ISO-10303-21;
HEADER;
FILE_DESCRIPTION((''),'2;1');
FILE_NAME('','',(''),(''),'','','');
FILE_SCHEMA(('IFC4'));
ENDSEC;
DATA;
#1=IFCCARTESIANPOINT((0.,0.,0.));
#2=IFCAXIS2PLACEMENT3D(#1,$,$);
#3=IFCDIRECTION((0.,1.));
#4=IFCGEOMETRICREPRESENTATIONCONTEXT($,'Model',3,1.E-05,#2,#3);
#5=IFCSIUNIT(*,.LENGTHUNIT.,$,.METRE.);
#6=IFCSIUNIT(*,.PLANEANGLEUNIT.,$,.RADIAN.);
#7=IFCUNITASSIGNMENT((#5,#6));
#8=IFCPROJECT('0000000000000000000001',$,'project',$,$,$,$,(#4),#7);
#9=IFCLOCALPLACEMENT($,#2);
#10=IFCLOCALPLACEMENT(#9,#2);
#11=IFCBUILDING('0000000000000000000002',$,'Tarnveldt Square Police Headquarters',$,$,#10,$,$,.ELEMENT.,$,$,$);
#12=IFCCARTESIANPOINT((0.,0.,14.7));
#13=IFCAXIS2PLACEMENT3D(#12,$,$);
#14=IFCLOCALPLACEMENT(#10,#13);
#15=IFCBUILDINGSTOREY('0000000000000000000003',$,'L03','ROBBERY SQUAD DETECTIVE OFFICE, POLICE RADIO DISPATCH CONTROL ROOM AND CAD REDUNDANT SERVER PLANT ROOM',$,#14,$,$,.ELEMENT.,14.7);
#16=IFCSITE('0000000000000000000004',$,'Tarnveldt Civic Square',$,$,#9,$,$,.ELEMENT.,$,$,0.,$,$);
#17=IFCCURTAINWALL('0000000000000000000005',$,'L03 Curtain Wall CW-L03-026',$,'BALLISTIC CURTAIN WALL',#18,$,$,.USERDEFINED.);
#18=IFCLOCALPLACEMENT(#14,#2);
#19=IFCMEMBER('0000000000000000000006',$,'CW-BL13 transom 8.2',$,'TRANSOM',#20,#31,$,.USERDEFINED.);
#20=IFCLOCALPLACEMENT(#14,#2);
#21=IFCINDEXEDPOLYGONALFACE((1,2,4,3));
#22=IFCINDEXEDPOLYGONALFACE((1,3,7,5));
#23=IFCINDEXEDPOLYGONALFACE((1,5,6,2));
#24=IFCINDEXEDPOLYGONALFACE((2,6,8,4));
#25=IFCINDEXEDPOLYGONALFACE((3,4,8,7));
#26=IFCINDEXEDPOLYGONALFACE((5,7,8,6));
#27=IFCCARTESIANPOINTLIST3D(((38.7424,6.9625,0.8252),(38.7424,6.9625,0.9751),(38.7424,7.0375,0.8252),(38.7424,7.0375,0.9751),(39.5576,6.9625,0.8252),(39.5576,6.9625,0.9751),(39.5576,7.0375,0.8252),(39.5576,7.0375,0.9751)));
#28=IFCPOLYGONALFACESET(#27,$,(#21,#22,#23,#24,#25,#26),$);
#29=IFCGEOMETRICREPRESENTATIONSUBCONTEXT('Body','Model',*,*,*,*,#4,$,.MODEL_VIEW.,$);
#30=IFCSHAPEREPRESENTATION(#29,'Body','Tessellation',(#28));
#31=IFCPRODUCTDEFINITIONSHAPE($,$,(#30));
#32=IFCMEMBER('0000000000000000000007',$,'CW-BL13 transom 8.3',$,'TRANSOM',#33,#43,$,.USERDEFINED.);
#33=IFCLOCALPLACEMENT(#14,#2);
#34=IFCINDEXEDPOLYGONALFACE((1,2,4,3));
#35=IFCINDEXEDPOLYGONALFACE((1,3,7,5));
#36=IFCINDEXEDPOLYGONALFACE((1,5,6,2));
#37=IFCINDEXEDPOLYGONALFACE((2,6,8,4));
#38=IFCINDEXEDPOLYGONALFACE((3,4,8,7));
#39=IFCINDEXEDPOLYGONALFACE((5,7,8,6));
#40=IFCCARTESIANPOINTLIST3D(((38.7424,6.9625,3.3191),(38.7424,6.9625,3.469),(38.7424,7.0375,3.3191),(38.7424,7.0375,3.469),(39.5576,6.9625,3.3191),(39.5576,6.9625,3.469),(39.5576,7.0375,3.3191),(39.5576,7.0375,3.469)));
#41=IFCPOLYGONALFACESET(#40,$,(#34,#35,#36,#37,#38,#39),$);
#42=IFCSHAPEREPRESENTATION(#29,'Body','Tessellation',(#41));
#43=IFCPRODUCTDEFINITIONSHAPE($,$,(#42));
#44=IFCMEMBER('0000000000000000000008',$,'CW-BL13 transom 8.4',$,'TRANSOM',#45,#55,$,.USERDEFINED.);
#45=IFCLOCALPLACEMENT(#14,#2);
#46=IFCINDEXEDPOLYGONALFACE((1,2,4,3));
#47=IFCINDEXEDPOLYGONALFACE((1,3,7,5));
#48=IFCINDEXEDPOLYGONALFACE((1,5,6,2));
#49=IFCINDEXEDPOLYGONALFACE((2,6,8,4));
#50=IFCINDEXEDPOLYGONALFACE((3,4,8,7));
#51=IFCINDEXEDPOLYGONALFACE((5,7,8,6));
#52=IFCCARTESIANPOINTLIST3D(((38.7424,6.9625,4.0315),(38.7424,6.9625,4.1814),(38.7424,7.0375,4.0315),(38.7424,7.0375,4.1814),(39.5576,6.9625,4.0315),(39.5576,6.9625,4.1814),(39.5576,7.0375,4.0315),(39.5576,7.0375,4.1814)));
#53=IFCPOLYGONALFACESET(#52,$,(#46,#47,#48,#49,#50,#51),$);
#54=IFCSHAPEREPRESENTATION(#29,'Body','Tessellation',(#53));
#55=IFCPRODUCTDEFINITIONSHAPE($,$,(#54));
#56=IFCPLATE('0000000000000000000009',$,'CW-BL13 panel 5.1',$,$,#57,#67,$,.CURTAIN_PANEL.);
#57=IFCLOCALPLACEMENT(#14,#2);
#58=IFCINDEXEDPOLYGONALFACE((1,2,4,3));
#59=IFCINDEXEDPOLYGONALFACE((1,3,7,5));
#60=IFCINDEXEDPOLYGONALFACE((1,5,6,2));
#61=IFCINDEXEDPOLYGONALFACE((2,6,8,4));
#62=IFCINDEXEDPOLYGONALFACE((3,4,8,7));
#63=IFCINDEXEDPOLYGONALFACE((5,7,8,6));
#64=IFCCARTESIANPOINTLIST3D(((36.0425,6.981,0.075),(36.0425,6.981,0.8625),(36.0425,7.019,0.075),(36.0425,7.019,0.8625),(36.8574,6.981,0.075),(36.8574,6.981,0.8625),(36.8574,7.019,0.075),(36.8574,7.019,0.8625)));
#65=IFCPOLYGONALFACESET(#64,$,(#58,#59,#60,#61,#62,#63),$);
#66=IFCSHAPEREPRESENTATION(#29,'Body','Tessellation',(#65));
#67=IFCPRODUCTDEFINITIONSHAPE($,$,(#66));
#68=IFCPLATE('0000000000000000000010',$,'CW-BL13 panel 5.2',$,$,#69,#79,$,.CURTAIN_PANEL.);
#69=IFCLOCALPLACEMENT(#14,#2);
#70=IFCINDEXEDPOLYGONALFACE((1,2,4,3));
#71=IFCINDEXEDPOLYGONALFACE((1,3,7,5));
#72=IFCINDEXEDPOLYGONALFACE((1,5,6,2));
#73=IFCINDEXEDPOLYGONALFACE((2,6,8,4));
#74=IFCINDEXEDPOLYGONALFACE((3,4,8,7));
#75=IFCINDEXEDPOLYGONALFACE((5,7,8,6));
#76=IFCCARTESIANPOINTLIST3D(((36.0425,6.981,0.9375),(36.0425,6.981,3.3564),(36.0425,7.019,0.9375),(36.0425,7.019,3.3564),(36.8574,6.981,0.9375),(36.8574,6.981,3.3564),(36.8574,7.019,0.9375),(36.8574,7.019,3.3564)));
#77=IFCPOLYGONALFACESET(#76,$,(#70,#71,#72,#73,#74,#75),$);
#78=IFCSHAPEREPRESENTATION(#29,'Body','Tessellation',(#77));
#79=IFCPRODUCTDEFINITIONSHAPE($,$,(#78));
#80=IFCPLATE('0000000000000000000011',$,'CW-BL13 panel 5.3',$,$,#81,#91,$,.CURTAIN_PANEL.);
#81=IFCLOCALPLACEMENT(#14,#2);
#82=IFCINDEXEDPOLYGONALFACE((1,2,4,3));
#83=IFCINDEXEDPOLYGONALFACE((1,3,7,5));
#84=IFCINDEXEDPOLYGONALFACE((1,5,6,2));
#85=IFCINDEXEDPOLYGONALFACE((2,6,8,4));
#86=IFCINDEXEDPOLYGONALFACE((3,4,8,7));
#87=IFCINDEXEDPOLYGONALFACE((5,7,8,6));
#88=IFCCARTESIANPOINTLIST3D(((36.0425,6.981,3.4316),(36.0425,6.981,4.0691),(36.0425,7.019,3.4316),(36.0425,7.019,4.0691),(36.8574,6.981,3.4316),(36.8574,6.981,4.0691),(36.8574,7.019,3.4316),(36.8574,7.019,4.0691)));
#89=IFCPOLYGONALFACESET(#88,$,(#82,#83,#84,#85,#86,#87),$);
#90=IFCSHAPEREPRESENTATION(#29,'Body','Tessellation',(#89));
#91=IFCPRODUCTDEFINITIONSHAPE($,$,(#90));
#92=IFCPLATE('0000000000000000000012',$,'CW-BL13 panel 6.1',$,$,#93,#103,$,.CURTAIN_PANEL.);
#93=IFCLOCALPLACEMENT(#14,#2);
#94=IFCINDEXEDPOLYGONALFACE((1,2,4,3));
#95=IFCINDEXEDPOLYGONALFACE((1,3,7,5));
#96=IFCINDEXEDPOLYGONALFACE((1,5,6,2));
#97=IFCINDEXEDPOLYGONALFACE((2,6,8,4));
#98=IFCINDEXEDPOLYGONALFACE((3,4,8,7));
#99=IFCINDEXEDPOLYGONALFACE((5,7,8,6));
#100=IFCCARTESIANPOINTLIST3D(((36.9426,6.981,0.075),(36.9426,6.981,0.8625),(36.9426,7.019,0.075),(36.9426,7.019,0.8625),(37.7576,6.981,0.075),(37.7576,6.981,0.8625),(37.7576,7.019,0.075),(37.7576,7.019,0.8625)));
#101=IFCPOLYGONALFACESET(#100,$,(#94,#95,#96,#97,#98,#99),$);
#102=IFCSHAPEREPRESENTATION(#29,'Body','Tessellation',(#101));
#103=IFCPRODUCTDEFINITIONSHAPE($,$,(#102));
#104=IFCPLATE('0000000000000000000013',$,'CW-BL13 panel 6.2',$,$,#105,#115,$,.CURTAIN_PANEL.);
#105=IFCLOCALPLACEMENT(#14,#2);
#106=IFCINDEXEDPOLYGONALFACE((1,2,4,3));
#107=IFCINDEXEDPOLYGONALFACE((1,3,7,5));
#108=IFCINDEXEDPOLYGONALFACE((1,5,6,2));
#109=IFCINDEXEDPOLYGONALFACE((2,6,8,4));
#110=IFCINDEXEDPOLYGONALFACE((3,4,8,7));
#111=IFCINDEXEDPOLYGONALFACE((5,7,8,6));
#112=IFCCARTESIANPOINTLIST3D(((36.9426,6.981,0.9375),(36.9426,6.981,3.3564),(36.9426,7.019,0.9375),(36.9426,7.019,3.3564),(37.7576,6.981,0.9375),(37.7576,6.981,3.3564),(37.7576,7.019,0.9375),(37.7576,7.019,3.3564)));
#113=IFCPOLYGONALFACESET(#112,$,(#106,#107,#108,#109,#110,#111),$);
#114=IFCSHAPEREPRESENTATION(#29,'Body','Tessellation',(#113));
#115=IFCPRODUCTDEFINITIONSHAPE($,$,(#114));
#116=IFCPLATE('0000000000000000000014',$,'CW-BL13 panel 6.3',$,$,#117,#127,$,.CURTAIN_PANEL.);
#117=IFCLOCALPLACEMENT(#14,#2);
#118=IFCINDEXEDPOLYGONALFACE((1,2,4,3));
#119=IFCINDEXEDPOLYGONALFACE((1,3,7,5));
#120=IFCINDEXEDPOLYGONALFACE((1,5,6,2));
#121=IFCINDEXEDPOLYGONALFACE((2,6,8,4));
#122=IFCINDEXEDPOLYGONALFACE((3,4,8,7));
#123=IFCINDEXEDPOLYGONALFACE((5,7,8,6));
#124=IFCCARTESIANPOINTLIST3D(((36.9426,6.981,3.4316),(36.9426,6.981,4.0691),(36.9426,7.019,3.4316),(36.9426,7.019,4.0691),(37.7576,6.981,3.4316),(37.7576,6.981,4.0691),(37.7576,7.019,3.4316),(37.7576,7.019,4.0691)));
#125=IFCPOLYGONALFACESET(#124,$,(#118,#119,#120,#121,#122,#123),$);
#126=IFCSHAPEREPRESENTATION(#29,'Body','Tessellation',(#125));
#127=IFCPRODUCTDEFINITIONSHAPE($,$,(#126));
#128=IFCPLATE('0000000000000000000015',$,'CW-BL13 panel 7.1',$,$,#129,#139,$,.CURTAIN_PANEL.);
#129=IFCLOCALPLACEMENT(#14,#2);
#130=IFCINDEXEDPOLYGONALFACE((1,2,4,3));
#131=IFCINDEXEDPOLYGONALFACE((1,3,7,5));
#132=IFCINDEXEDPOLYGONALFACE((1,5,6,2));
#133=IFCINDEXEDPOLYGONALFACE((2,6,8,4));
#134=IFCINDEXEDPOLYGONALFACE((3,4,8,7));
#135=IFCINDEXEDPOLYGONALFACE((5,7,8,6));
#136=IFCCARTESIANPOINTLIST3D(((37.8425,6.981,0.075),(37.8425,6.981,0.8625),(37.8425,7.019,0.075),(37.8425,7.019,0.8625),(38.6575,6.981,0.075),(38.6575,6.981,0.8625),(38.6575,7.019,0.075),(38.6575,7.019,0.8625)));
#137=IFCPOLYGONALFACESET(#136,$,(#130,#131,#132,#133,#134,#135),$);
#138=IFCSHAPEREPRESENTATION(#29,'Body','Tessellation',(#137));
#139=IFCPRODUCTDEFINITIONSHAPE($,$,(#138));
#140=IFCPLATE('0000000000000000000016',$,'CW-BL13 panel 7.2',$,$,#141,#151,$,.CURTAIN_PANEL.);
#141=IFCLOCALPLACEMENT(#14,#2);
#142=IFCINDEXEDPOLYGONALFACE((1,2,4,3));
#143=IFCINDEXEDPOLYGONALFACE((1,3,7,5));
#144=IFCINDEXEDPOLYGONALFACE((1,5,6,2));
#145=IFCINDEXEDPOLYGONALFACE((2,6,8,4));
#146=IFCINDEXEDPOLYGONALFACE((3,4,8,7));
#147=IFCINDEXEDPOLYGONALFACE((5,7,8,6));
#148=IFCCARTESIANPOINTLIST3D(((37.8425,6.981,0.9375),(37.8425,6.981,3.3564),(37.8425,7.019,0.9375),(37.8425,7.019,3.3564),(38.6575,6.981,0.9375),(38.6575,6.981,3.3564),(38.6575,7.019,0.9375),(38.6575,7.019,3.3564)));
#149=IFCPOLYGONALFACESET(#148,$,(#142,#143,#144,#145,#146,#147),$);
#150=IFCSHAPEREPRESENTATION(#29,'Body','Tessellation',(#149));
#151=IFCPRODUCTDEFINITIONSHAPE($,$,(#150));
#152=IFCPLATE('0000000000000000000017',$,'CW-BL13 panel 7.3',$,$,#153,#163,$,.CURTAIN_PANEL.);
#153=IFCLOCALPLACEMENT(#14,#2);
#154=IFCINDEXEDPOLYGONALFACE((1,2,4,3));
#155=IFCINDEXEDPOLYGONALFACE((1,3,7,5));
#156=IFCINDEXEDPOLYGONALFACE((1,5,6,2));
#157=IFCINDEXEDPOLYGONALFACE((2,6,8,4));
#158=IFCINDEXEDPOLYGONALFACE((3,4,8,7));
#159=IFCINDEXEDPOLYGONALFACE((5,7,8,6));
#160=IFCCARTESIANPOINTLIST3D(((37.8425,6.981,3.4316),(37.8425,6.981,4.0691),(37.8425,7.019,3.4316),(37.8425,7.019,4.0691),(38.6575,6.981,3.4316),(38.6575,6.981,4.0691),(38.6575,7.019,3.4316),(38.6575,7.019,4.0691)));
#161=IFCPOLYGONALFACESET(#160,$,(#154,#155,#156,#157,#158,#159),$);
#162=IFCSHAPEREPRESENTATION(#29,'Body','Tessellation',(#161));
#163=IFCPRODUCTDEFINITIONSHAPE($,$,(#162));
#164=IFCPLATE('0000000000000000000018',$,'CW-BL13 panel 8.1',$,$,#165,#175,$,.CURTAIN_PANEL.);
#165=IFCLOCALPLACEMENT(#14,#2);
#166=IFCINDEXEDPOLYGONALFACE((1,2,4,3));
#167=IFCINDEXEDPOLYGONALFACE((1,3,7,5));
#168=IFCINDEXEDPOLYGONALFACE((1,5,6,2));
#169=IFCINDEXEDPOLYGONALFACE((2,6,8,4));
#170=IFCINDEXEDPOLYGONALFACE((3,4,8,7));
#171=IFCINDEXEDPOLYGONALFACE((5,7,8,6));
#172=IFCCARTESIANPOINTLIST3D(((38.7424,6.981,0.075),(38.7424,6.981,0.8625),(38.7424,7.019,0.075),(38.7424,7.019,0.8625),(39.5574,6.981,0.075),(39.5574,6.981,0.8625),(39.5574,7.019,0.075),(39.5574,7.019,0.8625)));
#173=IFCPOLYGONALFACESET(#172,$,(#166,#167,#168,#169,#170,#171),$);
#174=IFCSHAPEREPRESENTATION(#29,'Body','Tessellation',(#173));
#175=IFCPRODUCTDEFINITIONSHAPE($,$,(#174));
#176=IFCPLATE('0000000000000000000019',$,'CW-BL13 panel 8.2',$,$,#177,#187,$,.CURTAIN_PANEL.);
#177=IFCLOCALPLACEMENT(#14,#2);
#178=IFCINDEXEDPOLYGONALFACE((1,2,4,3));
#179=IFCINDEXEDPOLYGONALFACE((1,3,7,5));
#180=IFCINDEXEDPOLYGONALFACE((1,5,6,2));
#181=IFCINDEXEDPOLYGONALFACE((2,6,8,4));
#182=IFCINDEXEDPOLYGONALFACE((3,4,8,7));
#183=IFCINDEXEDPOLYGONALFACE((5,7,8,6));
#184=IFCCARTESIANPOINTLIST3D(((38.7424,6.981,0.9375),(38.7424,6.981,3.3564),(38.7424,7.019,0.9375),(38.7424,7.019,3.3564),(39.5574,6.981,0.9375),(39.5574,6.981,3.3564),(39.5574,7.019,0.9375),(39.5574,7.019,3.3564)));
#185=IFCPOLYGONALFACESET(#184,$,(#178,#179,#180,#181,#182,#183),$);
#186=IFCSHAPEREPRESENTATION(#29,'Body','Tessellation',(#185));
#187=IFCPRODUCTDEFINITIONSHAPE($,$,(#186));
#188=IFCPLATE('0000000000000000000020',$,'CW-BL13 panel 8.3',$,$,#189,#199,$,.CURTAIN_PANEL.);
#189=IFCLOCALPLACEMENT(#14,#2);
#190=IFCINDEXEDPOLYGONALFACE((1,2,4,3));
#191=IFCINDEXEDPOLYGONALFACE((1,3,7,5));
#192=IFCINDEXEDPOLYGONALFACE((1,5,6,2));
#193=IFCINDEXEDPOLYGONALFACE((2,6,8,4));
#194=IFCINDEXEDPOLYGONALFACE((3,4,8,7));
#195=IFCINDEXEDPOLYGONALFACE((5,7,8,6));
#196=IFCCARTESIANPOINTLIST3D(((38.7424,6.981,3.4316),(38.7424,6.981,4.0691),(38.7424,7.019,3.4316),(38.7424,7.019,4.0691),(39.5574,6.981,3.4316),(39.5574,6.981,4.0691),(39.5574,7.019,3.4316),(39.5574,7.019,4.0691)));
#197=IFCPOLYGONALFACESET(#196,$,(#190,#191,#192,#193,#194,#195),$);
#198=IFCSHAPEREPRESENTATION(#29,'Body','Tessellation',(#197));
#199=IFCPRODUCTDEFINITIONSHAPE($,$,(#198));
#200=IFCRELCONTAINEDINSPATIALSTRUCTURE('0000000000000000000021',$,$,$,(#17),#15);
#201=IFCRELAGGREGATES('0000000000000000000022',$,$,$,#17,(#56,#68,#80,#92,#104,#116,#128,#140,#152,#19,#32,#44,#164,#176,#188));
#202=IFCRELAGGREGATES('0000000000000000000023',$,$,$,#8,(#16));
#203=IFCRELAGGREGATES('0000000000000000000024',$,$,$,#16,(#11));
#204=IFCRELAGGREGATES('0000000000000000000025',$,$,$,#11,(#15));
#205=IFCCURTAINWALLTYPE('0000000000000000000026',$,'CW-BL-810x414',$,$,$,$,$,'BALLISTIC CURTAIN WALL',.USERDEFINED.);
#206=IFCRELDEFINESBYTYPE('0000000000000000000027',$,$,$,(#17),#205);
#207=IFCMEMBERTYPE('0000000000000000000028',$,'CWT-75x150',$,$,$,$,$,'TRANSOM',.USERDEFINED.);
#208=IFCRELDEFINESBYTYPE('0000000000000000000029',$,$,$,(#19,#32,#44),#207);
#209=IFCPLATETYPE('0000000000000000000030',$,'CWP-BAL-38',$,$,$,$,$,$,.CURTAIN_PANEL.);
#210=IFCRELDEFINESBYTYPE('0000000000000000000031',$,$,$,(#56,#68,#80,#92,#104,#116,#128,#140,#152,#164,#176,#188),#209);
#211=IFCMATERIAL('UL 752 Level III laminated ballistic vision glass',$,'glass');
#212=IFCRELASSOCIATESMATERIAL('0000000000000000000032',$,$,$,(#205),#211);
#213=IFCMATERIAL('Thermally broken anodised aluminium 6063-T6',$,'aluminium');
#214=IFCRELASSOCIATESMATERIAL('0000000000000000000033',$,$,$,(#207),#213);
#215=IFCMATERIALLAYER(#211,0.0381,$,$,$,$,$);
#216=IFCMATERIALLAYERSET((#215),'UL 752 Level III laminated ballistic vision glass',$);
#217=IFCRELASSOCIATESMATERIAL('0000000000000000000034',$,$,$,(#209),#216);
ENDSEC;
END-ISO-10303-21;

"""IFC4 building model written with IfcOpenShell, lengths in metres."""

from ifc_helpers import new_model, si_unit, direction, frame, origin, origin_2d, place, context, subcontext, project, spatial, rectangle, extrude, material, layer, layer_set, material_profile, profile_set, type_object, element, aggregate, save


model = new_model("IFC4")

# Units and contexts
model_context = context("Model", 3, precision=1e-05, world=origin(), true_north=direction((0.0, 1.0)))
body_context = subcontext(model_context, "Body", "Model", "MODEL_VIEW")
ifc_project = project(units=[si_unit("LENGTHUNIT", "METRE"), si_unit("PLANEANGLEUNIT", "RADIAN")], contexts=[model_context])

# Site, building, storey
site_placement = place(None, origin())
site = spatial("IfcSite", under=ifc_project, at=site_placement, Name="Tarnveldt Civic Square", CompositionType="ELEMENT", RefElevation=0.0)
building_placement = place(site_placement, origin())
building = spatial("IfcBuilding", under=site, at=building_placement, Name="Tarnveldt Square Police Headquarters", CompositionType="ELEMENT")
storey_placement = place(building_placement, frame((0.0, 0.0, 14.7)))
storey = spatial("IfcBuildingStorey", under=building, at=storey_placement, Name="L03", Description="ROBBERY SQUAD DETECTIVE OFFICE, POLICE RADIO DISPATCH CONTROL ROOM AND CAD REDUNDANT SERVER PLANT ROOM", CompositionType="ELEMENT", Elevation=14.7)

# Curtain wall, members, plates
ifc_material_1 = material(Name="UL 752 Level III laminated ballistic vision glass", Category="glass")
curtain_wall_type = type_object("IfcCurtainWallType", Name="CW-BL-810x414", ElementType="BALLISTIC CURTAIN WALL", PredefinedType="USERDEFINED", material=ifc_material_1)
curtain_wall_placement = place(storey_placement, origin())
curtain_wall = element("IfcCurtainWall", 1, at=curtain_wall_placement, inside=storey, type_object=curtain_wall_type, Name="L03 Curtain Wall CW-L03-026", ObjectType="BALLISTIC CURTAIN WALL", PredefinedType="USERDEFINED")
ifc_material_2 = material(Name="Thermally broken anodised aluminium 6063-T6", Category="aluminium")
ifc_material_profile_1 = material_profile(ifc_material_2, rectangle(XDim=0.075, YDim=0.1499, at=origin_2d()), Name="CW-T75x150")
ifc_profile_set_1 = profile_set([ifc_material_profile_1], Name="Thermally broken anodised aluminium 6063-T6")
member_type_1 = type_object("IfcMemberType", Name="CWT-75x150", ElementType="TRANSOM", PredefinedType="USERDEFINED", material=ifc_profile_set_1)
member_1_placement = place(storey_placement, frame((38.7424, 7.0, 0.9001), z_axis=(1.0, 0.0, 0.0), x_axis=(0.0, 1.0, 0.0)))
member_1 = element("IfcMember", 2, at=member_1_placement, type_object=member_type_1, Name="CW-BL13 transom 8.2", ObjectType="TRANSOM", PredefinedType="USERDEFINED", context=body_context, shape_type="SweptSolid", body=[
    extrude(rectangle(XDim=0.075, YDim=0.1499, at=origin_2d()), origin(), (0.0, 0.0, 1.0), 0.8152),
])
member_2_placement = place(storey_placement, frame((38.7424, 7.0, 3.394), z_axis=(1.0, 0.0, 0.0), x_axis=(0.0, 1.0, 0.0)))
member_2 = element("IfcMember", 3, at=member_2_placement, type_object=member_type_1, Name="CW-BL13 transom 8.3", ObjectType="TRANSOM", PredefinedType="USERDEFINED", context=body_context, shape_type="SweptSolid", body=[
    extrude(rectangle(XDim=0.075, YDim=0.1499, at=origin_2d()), origin(), (0.0, 0.0, 1.0), 0.8152),
])
member_3_placement = place(storey_placement, frame((38.7424, 7.0, 4.1064), z_axis=(1.0, 0.0, 0.0), x_axis=(0.0, 1.0, 0.0)))
member_3 = element("IfcMember", 4, at=member_3_placement, type_object=member_type_1, Name="CW-BL13 transom 8.4", ObjectType="TRANSOM", PredefinedType="USERDEFINED", context=body_context, shape_type="SweptSolid", body=[
    extrude(rectangle(XDim=0.075, YDim=0.1499, at=origin_2d()), origin(), (0.0, 0.0, 1.0), 0.8152),
])
ifc_layer = layer(ifc_material_1, 0.0381)
ifc_layer_set = layer_set([ifc_layer], Name="UL 752 Level III laminated ballistic vision glass")
plate_type = type_object("IfcPlateType", Name="CWP-BAL-38", PredefinedType="CURTAIN_PANEL", material=ifc_layer_set)
plate_1_placement = place(storey_placement, frame((36.45, 7.0, 0.075), z_axis=(0.0, 0.0, 1.0), x_axis=(1.0, 0.0, 0.0)))
plate_1 = element("IfcPlate", 5, at=plate_1_placement, type_object=plate_type, Name="CW-BL13 panel 5.1", PredefinedType="CURTAIN_PANEL", context=body_context, shape_type="SweptSolid", body=[
    extrude(rectangle(XDim=0.8149, YDim=0.0381, at=origin_2d()), origin(), (0.0, 0.0, 1.0), 0.7876),
])
plate_2_placement = place(storey_placement, frame((36.45, 7.0, 0.9375), z_axis=(0.0, 0.0, 1.0), x_axis=(1.0, 0.0, 0.0)))
plate_2 = element("IfcPlate", 6, at=plate_2_placement, type_object=plate_type, Name="CW-BL13 panel 5.2", PredefinedType="CURTAIN_PANEL", context=body_context, shape_type="SweptSolid", body=[
    extrude(rectangle(XDim=0.8149, YDim=0.0381, at=origin_2d()), origin(), (0.0, 0.0, 1.0), 2.4189),
])
plate_3_placement = place(storey_placement, frame((36.45, 7.0, 3.4316), z_axis=(0.0, 0.0, 1.0), x_axis=(1.0, 0.0, 0.0)))
plate_3 = element("IfcPlate", 7, at=plate_3_placement, type_object=plate_type, Name="CW-BL13 panel 5.3", PredefinedType="CURTAIN_PANEL", context=body_context, shape_type="SweptSolid", body=[
    extrude(rectangle(XDim=0.8149, YDim=0.0381, at=origin_2d()), origin(), (0.0, 0.0, 1.0), 0.6375),
])
plate_4_placement = place(storey_placement, frame((37.3501, 7.0, 0.075), z_axis=(0.0, 0.0, 1.0), x_axis=(1.0, 0.0, 0.0)))
plate_4 = element("IfcPlate", 8, at=plate_4_placement, type_object=plate_type, Name="CW-BL13 panel 6.1", PredefinedType="CURTAIN_PANEL", context=body_context, shape_type="SweptSolid", body=[
    extrude(rectangle(XDim=0.8149, YDim=0.0381, at=origin_2d()), origin(), (0.0, 0.0, 1.0), 0.7876),
])
plate_5_placement = place(storey_placement, frame((37.3501, 7.0, 0.9375), z_axis=(0.0, 0.0, 1.0), x_axis=(1.0, 0.0, 0.0)))
plate_5 = element("IfcPlate", 9, at=plate_5_placement, type_object=plate_type, Name="CW-BL13 panel 6.2", PredefinedType="CURTAIN_PANEL", context=body_context, shape_type="SweptSolid", body=[
    extrude(rectangle(XDim=0.8149, YDim=0.0381, at=origin_2d()), origin(), (0.0, 0.0, 1.0), 2.4189),
])
plate_6_placement = place(storey_placement, frame((37.3501, 7.0, 3.4316), z_axis=(0.0, 0.0, 1.0), x_axis=(1.0, 0.0, 0.0)))
plate_6 = element("IfcPlate", 10, at=plate_6_placement, type_object=plate_type, Name="CW-BL13 panel 6.3", PredefinedType="CURTAIN_PANEL", context=body_context, shape_type="SweptSolid", body=[
    extrude(rectangle(XDim=0.8149, YDim=0.0381, at=origin_2d()), origin(), (0.0, 0.0, 1.0), 0.6375),
])
plate_7_placement = place(storey_placement, frame((38.25, 7.0, 0.075), z_axis=(0.0, 0.0, 1.0), x_axis=(1.0, 0.0, 0.0)))
plate_7 = element("IfcPlate", 11, at=plate_7_placement, type_object=plate_type, Name="CW-BL13 panel 7.1", PredefinedType="CURTAIN_PANEL", context=body_context, shape_type="SweptSolid", body=[
    extrude(rectangle(XDim=0.8149, YDim=0.0381, at=origin_2d()), origin(), (0.0, 0.0, 1.0), 0.7876),
])
plate_8_placement = place(storey_placement, frame((38.25, 7.0, 0.9375), z_axis=(0.0, 0.0, 1.0), x_axis=(1.0, 0.0, 0.0)))
plate_8 = element("IfcPlate", 12, at=plate_8_placement, type_object=plate_type, Name="CW-BL13 panel 7.2", PredefinedType="CURTAIN_PANEL", context=body_context, shape_type="SweptSolid", body=[
    extrude(rectangle(XDim=0.8149, YDim=0.0381, at=origin_2d()), origin(), (0.0, 0.0, 1.0), 2.4189),
])
plate_9_placement = place(storey_placement, frame((38.25, 7.0, 3.4316), z_axis=(0.0, 0.0, 1.0), x_axis=(1.0, 0.0, 0.0)))
plate_9 = element("IfcPlate", 13, at=plate_9_placement, type_object=plate_type, Name="CW-BL13 panel 7.3", PredefinedType="CURTAIN_PANEL", context=body_context, shape_type="SweptSolid", body=[
    extrude(rectangle(XDim=0.8149, YDim=0.0381, at=origin_2d()), origin(), (0.0, 0.0, 1.0), 0.6375),
])
plate_10_placement = place(storey_placement, frame((39.1499, 7.0, 0.075), z_axis=(0.0, 0.0, 1.0), x_axis=(1.0, 0.0, 0.0)))
plate_10 = element("IfcPlate", 14, at=plate_10_placement, type_object=plate_type, Name="CW-BL13 panel 8.1", PredefinedType="CURTAIN_PANEL", context=body_context, shape_type="SweptSolid", body=[
    extrude(rectangle(XDim=0.8149, YDim=0.0381, at=origin_2d()), origin(), (0.0, 0.0, 1.0), 0.7876),
])
plate_11_placement = place(storey_placement, frame((39.1499, 7.0, 0.9375), z_axis=(0.0, 0.0, 1.0), x_axis=(1.0, 0.0, 0.0)))
plate_11 = element("IfcPlate", 15, at=plate_11_placement, type_object=plate_type, Name="CW-BL13 panel 8.2", PredefinedType="CURTAIN_PANEL", context=body_context, shape_type="SweptSolid", body=[
    extrude(rectangle(XDim=0.8149, YDim=0.0381, at=origin_2d()), origin(), (0.0, 0.0, 1.0), 2.4189),
])
plate_12_placement = place(storey_placement, frame((39.1499, 7.0, 3.4316), z_axis=(0.0, 0.0, 1.0), x_axis=(1.0, 0.0, 0.0)))
plate_12 = element("IfcPlate", 16, at=plate_12_placement, type_object=plate_type, Name="CW-BL13 panel 8.3", PredefinedType="CURTAIN_PANEL", context=body_context, shape_type="SweptSolid", body=[
    extrude(rectangle(XDim=0.8149, YDim=0.0381, at=origin_2d()), origin(), (0.0, 0.0, 1.0), 0.6375),
])
aggregate(curtain_wall, [plate_1, plate_2, plate_3, plate_4, plate_5, plate_6, plate_7, plate_8, plate_9, member_1, member_2, member_3, plate_10, plate_11, plate_12])

save(model, "model.ifc")
